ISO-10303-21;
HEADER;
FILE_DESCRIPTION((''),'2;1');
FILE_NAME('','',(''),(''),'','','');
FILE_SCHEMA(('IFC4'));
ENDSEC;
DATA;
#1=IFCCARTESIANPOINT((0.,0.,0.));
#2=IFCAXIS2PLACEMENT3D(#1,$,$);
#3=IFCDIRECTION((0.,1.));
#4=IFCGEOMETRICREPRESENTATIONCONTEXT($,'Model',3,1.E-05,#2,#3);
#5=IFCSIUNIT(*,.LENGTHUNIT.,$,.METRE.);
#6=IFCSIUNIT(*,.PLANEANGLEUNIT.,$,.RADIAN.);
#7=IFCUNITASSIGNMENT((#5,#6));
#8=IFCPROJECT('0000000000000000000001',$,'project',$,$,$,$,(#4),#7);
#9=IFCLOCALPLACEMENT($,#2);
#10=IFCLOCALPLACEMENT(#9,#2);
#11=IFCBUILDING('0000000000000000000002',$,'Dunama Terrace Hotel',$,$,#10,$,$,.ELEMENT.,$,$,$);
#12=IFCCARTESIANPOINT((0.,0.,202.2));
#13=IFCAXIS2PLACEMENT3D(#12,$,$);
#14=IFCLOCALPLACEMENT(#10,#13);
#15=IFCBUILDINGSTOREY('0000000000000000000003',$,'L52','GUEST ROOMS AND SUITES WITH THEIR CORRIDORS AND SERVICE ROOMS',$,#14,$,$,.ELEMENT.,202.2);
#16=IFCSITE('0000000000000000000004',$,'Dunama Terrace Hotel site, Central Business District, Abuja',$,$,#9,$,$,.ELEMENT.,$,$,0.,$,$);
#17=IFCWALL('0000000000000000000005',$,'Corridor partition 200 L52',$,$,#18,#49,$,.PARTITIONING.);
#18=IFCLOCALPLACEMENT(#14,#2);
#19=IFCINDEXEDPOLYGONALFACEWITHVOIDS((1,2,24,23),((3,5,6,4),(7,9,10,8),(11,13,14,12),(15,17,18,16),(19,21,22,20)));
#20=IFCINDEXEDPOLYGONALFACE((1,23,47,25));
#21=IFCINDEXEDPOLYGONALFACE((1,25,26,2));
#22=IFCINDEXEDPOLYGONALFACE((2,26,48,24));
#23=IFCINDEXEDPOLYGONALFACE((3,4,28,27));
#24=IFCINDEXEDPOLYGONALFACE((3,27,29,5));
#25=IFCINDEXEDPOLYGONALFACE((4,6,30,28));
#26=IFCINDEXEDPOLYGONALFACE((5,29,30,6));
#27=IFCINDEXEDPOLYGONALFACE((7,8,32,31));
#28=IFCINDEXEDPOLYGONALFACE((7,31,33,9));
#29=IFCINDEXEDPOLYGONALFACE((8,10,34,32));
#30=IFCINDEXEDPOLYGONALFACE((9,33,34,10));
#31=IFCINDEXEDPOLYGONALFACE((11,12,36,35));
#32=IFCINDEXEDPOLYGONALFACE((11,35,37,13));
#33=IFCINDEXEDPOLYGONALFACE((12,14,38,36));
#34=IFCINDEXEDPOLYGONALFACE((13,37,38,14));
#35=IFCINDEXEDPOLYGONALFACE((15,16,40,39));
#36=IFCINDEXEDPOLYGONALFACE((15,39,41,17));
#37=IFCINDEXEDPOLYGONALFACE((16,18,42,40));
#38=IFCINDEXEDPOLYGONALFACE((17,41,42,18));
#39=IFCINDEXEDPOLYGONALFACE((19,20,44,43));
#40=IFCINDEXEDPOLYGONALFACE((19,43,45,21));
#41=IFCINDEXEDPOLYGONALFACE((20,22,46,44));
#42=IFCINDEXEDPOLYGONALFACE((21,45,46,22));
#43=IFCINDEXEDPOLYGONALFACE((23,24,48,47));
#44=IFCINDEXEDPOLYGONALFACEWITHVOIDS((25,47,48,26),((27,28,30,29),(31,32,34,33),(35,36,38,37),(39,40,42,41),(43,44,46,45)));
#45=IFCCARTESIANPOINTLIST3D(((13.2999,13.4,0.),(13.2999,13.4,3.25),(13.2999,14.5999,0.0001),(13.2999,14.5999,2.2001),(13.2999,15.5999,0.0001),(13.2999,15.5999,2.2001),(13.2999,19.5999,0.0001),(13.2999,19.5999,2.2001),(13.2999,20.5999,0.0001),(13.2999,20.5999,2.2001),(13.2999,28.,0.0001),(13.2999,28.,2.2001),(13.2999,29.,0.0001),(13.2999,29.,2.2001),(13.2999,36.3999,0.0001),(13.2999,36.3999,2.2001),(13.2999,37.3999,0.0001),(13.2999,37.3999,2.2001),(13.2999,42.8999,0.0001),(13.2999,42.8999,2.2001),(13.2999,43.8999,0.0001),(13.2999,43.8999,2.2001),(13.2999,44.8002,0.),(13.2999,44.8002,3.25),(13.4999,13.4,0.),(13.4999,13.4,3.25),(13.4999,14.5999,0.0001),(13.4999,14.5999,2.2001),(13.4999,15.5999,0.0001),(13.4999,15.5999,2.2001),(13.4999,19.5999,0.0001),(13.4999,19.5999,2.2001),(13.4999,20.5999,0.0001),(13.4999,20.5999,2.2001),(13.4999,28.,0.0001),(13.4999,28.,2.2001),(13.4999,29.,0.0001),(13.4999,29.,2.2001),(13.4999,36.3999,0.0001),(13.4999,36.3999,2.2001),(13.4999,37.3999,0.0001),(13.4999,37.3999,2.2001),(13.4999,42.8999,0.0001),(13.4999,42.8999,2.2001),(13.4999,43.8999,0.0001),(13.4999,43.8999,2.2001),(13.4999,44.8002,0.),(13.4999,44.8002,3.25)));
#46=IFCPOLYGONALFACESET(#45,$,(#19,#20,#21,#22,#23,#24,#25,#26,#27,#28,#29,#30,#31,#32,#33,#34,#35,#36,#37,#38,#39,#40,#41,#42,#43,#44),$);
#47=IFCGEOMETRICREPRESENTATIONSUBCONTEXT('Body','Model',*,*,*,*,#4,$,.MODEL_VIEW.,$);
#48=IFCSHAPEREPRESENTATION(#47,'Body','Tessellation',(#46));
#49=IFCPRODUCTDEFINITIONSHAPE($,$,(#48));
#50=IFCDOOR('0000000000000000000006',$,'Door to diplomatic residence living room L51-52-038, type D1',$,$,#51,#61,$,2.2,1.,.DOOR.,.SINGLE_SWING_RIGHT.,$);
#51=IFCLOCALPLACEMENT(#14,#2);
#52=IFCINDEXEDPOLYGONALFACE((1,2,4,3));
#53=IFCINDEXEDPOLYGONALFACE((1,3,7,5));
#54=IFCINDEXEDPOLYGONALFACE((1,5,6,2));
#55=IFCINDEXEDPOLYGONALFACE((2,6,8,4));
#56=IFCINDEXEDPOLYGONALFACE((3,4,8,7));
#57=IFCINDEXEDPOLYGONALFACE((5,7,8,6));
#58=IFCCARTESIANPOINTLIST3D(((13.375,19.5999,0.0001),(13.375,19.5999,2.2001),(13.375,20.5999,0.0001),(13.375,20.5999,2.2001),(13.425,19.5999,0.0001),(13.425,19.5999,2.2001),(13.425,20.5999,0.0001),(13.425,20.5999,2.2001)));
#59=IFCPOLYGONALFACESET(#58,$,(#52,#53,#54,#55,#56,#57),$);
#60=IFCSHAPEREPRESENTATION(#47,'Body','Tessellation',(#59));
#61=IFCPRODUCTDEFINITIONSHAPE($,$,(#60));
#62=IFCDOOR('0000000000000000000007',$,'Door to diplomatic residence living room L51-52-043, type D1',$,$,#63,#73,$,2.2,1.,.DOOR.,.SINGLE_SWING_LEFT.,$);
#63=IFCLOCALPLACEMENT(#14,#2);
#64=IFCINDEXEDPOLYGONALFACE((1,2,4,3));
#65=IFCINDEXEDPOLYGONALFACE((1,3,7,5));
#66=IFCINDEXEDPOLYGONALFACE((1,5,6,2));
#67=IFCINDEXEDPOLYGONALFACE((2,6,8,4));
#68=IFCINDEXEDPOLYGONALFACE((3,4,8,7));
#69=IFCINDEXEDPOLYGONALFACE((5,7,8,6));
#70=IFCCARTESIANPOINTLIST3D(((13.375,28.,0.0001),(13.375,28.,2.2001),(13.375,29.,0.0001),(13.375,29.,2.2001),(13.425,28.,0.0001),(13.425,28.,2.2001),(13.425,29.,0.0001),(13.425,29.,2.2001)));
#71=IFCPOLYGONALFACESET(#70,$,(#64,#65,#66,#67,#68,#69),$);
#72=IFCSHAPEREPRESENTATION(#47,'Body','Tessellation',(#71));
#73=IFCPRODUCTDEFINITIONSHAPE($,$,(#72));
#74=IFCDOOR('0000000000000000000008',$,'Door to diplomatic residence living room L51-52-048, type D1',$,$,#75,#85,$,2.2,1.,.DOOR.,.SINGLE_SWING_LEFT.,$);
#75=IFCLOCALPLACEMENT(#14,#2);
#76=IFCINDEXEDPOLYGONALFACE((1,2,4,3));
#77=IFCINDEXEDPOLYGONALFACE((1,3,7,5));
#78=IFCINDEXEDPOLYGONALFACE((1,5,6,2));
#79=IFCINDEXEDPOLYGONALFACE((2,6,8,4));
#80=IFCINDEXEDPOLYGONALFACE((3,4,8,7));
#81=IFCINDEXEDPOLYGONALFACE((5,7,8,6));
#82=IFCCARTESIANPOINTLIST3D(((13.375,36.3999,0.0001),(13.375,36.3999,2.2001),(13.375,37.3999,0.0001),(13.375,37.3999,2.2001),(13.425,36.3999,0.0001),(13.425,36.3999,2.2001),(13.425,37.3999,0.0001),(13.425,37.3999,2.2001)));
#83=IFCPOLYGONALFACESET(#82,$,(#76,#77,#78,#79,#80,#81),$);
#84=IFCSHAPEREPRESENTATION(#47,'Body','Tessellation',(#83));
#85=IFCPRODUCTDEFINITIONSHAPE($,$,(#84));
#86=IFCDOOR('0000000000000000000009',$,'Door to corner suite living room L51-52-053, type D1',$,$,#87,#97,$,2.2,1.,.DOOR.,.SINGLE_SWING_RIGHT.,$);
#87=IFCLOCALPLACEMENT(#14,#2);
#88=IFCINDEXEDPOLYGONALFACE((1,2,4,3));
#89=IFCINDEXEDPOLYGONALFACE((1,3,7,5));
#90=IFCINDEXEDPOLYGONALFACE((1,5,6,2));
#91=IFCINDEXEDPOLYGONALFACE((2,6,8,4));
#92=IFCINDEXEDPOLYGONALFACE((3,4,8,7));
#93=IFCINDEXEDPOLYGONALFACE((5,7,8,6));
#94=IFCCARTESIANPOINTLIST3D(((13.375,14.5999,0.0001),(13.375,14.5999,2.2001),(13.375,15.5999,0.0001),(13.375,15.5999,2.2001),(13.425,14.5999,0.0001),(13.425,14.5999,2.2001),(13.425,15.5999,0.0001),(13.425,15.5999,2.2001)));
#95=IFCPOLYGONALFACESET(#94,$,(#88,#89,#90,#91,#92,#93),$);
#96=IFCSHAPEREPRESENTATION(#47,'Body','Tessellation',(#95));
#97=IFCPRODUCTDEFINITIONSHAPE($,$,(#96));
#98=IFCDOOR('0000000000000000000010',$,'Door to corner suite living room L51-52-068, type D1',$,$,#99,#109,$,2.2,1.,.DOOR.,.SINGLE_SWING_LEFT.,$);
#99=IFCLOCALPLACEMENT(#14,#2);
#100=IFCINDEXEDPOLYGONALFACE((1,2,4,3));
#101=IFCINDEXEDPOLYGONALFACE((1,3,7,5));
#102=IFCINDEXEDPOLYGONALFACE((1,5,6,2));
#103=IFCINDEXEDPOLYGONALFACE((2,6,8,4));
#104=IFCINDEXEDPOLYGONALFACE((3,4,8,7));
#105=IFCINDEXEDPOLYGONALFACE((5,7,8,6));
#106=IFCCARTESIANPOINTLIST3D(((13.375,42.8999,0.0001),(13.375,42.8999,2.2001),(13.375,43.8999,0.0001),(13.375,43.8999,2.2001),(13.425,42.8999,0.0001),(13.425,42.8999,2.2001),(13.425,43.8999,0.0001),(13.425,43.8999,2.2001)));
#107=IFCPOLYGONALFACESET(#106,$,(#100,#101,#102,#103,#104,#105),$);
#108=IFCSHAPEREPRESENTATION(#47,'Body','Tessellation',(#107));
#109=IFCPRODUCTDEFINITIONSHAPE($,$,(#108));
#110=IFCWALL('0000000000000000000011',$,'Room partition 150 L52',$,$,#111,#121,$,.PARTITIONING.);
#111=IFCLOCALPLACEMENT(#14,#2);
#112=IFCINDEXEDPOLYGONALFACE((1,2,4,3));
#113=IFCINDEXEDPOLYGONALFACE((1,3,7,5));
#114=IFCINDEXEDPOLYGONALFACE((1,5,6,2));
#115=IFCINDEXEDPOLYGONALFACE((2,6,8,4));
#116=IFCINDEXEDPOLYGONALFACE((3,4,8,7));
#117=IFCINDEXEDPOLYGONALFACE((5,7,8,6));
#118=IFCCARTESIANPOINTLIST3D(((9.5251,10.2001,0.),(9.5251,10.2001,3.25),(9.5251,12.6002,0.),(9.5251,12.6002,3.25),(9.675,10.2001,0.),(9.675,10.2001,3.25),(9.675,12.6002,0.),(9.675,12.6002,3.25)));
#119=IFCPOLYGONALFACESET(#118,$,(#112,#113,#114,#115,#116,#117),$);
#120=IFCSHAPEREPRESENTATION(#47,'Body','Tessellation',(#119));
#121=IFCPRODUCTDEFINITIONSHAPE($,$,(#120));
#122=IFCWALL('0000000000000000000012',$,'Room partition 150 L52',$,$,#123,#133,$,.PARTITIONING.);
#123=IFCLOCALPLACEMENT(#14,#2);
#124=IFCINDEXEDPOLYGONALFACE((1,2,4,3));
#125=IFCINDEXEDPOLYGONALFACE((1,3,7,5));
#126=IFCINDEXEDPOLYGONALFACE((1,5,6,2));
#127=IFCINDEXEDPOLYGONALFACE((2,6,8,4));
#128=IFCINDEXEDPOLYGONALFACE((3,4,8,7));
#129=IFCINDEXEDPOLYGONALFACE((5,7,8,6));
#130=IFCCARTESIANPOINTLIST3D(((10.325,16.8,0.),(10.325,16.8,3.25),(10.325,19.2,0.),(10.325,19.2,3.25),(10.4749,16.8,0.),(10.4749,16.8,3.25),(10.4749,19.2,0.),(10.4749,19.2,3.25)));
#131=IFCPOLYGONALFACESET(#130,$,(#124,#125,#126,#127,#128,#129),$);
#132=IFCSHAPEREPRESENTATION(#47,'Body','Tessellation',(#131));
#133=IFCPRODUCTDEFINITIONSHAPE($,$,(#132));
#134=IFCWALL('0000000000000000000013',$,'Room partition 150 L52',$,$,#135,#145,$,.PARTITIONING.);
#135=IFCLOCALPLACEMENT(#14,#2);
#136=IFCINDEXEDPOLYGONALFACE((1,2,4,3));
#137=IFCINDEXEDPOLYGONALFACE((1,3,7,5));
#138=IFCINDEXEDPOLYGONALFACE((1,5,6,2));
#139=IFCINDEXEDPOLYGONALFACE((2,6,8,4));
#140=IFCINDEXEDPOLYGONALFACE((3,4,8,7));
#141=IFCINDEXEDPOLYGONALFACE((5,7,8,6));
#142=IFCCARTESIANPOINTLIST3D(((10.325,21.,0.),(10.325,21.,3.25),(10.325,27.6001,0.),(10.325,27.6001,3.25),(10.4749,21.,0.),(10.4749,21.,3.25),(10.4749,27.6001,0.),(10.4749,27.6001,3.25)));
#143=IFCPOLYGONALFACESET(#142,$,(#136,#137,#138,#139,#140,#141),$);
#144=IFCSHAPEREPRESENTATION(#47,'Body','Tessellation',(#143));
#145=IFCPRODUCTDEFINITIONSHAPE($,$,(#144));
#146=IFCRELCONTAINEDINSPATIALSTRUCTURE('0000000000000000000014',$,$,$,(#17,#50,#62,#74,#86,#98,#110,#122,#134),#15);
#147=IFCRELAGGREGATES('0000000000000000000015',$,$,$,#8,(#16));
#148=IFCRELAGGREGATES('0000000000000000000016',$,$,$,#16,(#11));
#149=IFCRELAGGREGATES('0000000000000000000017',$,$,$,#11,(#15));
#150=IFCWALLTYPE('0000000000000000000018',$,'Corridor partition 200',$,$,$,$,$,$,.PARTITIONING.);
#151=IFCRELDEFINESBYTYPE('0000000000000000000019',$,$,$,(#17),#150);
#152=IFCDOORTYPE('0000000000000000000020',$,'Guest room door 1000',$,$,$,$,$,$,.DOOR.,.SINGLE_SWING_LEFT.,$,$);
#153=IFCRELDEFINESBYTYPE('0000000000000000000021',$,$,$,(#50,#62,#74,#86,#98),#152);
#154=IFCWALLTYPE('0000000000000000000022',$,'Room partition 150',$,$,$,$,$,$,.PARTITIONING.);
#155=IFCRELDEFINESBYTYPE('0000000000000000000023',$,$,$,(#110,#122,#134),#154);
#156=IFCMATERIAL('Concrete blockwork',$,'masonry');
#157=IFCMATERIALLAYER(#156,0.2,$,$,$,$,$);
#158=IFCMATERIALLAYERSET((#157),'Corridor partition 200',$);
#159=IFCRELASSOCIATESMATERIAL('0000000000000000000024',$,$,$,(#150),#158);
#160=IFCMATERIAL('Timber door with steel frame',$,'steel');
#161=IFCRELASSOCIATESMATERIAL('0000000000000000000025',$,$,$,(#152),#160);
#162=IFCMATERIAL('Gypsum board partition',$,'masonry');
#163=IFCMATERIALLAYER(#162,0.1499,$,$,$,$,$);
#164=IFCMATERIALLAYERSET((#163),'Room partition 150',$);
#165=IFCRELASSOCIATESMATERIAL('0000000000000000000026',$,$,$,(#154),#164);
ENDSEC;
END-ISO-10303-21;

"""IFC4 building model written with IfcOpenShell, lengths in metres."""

from ifc_helpers import new_model, si_unit, direction, frame, frame_2d, origin, place, context, subcontext, project, spatial, rectangle, extrude, material, layer, layer_set, type_object, element, fill, save


model = new_model("IFC4")

# Units and contexts
model_context = context("Model", 3, precision=1e-05, world=origin(), true_north=direction((0.0, 1.0)))
body_context = subcontext(model_context, "Body", "Model", "MODEL_VIEW")
ifc_project = project(units=[si_unit("LENGTHUNIT", "METRE"), si_unit("PLANEANGLEUNIT", "RADIAN")], contexts=[model_context])

# Site, building, storey
site_placement = place(None, origin())
site = spatial("IfcSite", under=ifc_project, at=site_placement, Name="Dunama Terrace Hotel site, Central Business District, Abuja", CompositionType="ELEMENT", RefElevation=0.0)
building_placement = place(site_placement, origin())
building = spatial("IfcBuilding", under=site, at=building_placement, Name="Dunama Terrace Hotel", CompositionType="ELEMENT")
storey_placement = place(building_placement, frame((0.0, 0.0, 202.2)))
storey = spatial("IfcBuildingStorey", under=building, at=storey_placement, Name="L52", Description="GUEST ROOMS AND SUITES WITH THEIR CORRIDORS AND SERVICE ROOMS", CompositionType="ELEMENT", Elevation=202.2)

# Wall, openings, doors
ifc_material_1 = material(Name="Concrete blockwork", Category="masonry")
ifc_layer_1 = layer(ifc_material_1, 0.2)
ifc_layer_set_1 = layer_set([ifc_layer_1], Name="Corridor partition 200")
wall_type_1 = type_object("IfcWallType", Name="Corridor partition 200", PredefinedType="PARTITIONING", material=ifc_layer_set_1)
wall_1_placement = place(storey_placement, frame((13.3999, 13.3999, 0.0), z_axis=(0.0, 0.0, 1.0), x_axis=(0.0, 1.0, 0.0)))
wall_1 = element("IfcWall", 1, at=wall_1_placement, inside=storey, type_object=wall_type_1, Name="Corridor partition 200 L52", PredefinedType="PARTITIONING", context=body_context, shape_type="SweptSolid", body=[
    extrude(rectangle(XDim=31.4001, YDim=0.2, at=frame_2d((15.7002, 0.0))), origin(), (0.0, 0.0, 1.0), 3.25),
])
opening_1_placement = place(wall_1_placement, frame((6.2, 0.0, 0.0)))
opening_1 = element("IfcOpeningElement", 2, at=opening_1_placement, cuts=wall_1, PredefinedType="OPENING", context=body_context, shape_type="SweptSolid", body=[
    extrude(rectangle(XDim=1.0, YDim=2.2, at=frame_2d((0.5, 1.1001))), frame((0.0, 0.1099, 0.0), z_axis=(0.0, -1.0, 0.0), x_axis=(1.0, 0.0, 0.0)), (0.0, 0.0, 1.0), 0.22),
])
opening_2_placement = place(wall_1_placement, frame((14.6001, 0.0, 0.0)))
opening_2 = element("IfcOpeningElement", 3, at=opening_2_placement, cuts=wall_1, PredefinedType="OPENING", context=body_context, shape_type="SweptSolid", body=[
    extrude(rectangle(XDim=1.0, YDim=2.2, at=frame_2d((0.5, 1.1001))), frame((0.0, 0.1099, 0.0), z_axis=(0.0, -1.0, 0.0), x_axis=(1.0, 0.0, 0.0)), (0.0, 0.0, 1.0), 0.22),
])
opening_3_placement = place(wall_1_placement, frame((23.0, 0.0, 0.0)))
opening_3 = element("IfcOpeningElement", 4, at=opening_3_placement, cuts=wall_1, PredefinedType="OPENING", context=body_context, shape_type="SweptSolid", body=[
    extrude(rectangle(XDim=1.0, YDim=2.2, at=frame_2d((0.5, 1.1001))), frame((0.0, 0.1099, 0.0), z_axis=(0.0, -1.0, 0.0), x_axis=(1.0, 0.0, 0.0)), (0.0, 0.0, 1.0), 0.22),
])
opening_4_placement = place(wall_1_placement, frame((1.2, 0.0, 0.0)))
opening_4 = element("IfcOpeningElement", 5, at=opening_4_placement, cuts=wall_1, PredefinedType="OPENING", context=body_context, shape_type="SweptSolid", body=[
    extrude(rectangle(XDim=1.0, YDim=2.2, at=frame_2d((0.5, 1.1001))), frame((0.0, 0.1099, 0.0), z_axis=(0.0, -1.0, 0.0), x_axis=(1.0, 0.0, 0.0)), (0.0, 0.0, 1.0), 0.22),
])
opening_5_placement = place(wall_1_placement, frame((29.5, 0.0, 0.0)))
opening_5 = element("IfcOpeningElement", 6, at=opening_5_placement, cuts=wall_1, PredefinedType="OPENING", context=body_context, shape_type="SweptSolid", body=[
    extrude(rectangle(XDim=1.0, YDim=2.2, at=frame_2d((0.5, 1.1001))), frame((0.0, 0.1099, 0.0), z_axis=(0.0, -1.0, 0.0), x_axis=(1.0, 0.0, 0.0)), (0.0, 0.0, 1.0), 0.22),
])
ifc_material_2 = material(Name="Timber door with steel frame", Category="steel")
door_type_1 = type_object("IfcDoorType", Name="Guest room door 1000", OperationType="SINGLE_SWING_LEFT", PredefinedType="DOOR", material=ifc_material_2)
door_1_placement = place(opening_1_placement, origin())
door_1 = element("IfcDoor", 7, at=door_1_placement, inside=storey, type_object=door_type_1, Name="Door to diplomatic residence living room L51-52-038, type D1", OperationType="SINGLE_SWING_RIGHT", OverallHeight=2.2, OverallWidth=1.0, PredefinedType="DOOR", context=body_context, shape_type="SweptSolid", body=[
    extrude(rectangle(XDim=1.0, YDim=2.2, at=frame_2d((0.5, 1.1001))), frame((0.0, 0.0249, 0.0), z_axis=(0.0, -1.0, 0.0), x_axis=(1.0, 0.0, 0.0)), (0.0, 0.0, 1.0), 0.05),
])
fill(opening_1, door_1)
door_2_placement = place(opening_2_placement, origin())
door_2 = element("IfcDoor", 8, at=door_2_placement, inside=storey, type_object=door_type_1, Name="Door to diplomatic residence living room L51-52-043, type D1", OperationType="SINGLE_SWING_LEFT", OverallHeight=2.2, OverallWidth=1.0, PredefinedType="DOOR", context=body_context, shape_type="SweptSolid", body=[
    extrude(rectangle(XDim=1.0, YDim=2.2, at=frame_2d((0.5, 1.1001))), frame((0.0, 0.0249, 0.0), z_axis=(0.0, -1.0, 0.0), x_axis=(1.0, 0.0, 0.0)), (0.0, 0.0, 1.0), 0.05),
])
fill(opening_2, door_2)
door_3_placement = place(opening_3_placement, origin())
door_3 = element("IfcDoor", 9, at=door_3_placement, inside=storey, type_object=door_type_1, Name="Door to diplomatic residence living room L51-52-048, type D1", OperationType="SINGLE_SWING_LEFT", OverallHeight=2.2, OverallWidth=1.0, PredefinedType="DOOR", context=body_context, shape_type="SweptSolid", body=[
    extrude(rectangle(XDim=1.0, YDim=2.2, at=frame_2d((0.5, 1.1001))), frame((0.0, 0.0249, 0.0), z_axis=(0.0, -1.0, 0.0), x_axis=(1.0, 0.0, 0.0)), (0.0, 0.0, 1.0), 0.05),
])
fill(opening_3, door_3)
door_4_placement = place(opening_4_placement, origin())
door_4 = element("IfcDoor", 10, at=door_4_placement, inside=storey, type_object=door_type_1, Name="Door to corner suite living room L51-52-053, type D1", OperationType="SINGLE_SWING_RIGHT", OverallHeight=2.2, OverallWidth=1.0, PredefinedType="DOOR", context=body_context, shape_type="SweptSolid", body=[
    extrude(rectangle(XDim=1.0, YDim=2.2, at=frame_2d((0.5, 1.1001))), frame((0.0, 0.0249, 0.0), z_axis=(0.0, -1.0, 0.0), x_axis=(1.0, 0.0, 0.0)), (0.0, 0.0, 1.0), 0.05),
])
fill(opening_4, door_4)
door_5_placement = place(opening_5_placement, origin())
door_5 = element("IfcDoor", 11, at=door_5_placement, inside=storey, type_object=door_type_1, Name="Door to corner suite living room L51-52-068, type D1", OperationType="SINGLE_SWING_LEFT", OverallHeight=2.2, OverallWidth=1.0, PredefinedType="DOOR", context=body_context, shape_type="SweptSolid", body=[
    extrude(rectangle(XDim=1.0, YDim=2.2, at=frame_2d((0.5, 1.1001))), frame((0.0, 0.0249, 0.0), z_axis=(0.0, -1.0, 0.0), x_axis=(1.0, 0.0, 0.0)), (0.0, 0.0, 1.0), 0.05),
])
fill(opening_5, door_5)

# Walls
ifc_material_3 = material(Name="Gypsum board partition", Category="masonry")
ifc_layer_2 = layer(ifc_material_3, 0.1499)
ifc_layer_set_2 = layer_set([ifc_layer_2], Name="Room partition 150")
wall_type_2 = type_object("IfcWallType", Name="Room partition 150", PredefinedType="PARTITIONING", material=ifc_layer_set_2)
wall_2_placement = place(storey_placement, frame((9.6001, 10.2, 0.0), z_axis=(0.0, 0.0, 1.0), x_axis=(0.0, 1.0, 0.0)))
element("IfcWall", 12, at=wall_2_placement, inside=storey, type_object=wall_type_2, Name="Room partition 150 L52", PredefinedType="PARTITIONING", context=body_context, shape_type="SweptSolid", body=[
    extrude(rectangle(XDim=2.4001, YDim=0.1499, at=frame_2d((1.2002, 0.0))), origin(), (0.0, 0.0, 1.0), 3.25),
])
wall_3_placement = place(storey_placement, frame((10.3999, 16.8, 0.0), z_axis=(0.0, 0.0, 1.0), x_axis=(0.0, 1.0, 0.0)))
element("IfcWall", 13, at=wall_3_placement, inside=storey, type_object=wall_type_2, Name="Room partition 150 L52", PredefinedType="PARTITIONING", context=body_context, shape_type="SweptSolid", body=[
    extrude(rectangle(XDim=2.3999, YDim=0.1499, at=frame_2d((1.2, 0.0))), origin(), (0.0, 0.0, 1.0), 3.25),
])
wall_4_placement = place(storey_placement, frame((10.3999, 21.0, 0.0), z_axis=(0.0, 0.0, 1.0), x_axis=(0.0, 1.0, 0.0)))
element("IfcWall", 14, at=wall_4_placement, inside=storey, type_object=wall_type_2, Name="Room partition 150 L52", PredefinedType="PARTITIONING", context=body_context, shape_type="SweptSolid", body=[
    extrude(rectangle(XDim=6.6001, YDim=0.1499, at=frame_2d((3.3, 0.0))), origin(), (0.0, 0.0, 1.0), 3.25),
])

save(model, "model.ifc")
